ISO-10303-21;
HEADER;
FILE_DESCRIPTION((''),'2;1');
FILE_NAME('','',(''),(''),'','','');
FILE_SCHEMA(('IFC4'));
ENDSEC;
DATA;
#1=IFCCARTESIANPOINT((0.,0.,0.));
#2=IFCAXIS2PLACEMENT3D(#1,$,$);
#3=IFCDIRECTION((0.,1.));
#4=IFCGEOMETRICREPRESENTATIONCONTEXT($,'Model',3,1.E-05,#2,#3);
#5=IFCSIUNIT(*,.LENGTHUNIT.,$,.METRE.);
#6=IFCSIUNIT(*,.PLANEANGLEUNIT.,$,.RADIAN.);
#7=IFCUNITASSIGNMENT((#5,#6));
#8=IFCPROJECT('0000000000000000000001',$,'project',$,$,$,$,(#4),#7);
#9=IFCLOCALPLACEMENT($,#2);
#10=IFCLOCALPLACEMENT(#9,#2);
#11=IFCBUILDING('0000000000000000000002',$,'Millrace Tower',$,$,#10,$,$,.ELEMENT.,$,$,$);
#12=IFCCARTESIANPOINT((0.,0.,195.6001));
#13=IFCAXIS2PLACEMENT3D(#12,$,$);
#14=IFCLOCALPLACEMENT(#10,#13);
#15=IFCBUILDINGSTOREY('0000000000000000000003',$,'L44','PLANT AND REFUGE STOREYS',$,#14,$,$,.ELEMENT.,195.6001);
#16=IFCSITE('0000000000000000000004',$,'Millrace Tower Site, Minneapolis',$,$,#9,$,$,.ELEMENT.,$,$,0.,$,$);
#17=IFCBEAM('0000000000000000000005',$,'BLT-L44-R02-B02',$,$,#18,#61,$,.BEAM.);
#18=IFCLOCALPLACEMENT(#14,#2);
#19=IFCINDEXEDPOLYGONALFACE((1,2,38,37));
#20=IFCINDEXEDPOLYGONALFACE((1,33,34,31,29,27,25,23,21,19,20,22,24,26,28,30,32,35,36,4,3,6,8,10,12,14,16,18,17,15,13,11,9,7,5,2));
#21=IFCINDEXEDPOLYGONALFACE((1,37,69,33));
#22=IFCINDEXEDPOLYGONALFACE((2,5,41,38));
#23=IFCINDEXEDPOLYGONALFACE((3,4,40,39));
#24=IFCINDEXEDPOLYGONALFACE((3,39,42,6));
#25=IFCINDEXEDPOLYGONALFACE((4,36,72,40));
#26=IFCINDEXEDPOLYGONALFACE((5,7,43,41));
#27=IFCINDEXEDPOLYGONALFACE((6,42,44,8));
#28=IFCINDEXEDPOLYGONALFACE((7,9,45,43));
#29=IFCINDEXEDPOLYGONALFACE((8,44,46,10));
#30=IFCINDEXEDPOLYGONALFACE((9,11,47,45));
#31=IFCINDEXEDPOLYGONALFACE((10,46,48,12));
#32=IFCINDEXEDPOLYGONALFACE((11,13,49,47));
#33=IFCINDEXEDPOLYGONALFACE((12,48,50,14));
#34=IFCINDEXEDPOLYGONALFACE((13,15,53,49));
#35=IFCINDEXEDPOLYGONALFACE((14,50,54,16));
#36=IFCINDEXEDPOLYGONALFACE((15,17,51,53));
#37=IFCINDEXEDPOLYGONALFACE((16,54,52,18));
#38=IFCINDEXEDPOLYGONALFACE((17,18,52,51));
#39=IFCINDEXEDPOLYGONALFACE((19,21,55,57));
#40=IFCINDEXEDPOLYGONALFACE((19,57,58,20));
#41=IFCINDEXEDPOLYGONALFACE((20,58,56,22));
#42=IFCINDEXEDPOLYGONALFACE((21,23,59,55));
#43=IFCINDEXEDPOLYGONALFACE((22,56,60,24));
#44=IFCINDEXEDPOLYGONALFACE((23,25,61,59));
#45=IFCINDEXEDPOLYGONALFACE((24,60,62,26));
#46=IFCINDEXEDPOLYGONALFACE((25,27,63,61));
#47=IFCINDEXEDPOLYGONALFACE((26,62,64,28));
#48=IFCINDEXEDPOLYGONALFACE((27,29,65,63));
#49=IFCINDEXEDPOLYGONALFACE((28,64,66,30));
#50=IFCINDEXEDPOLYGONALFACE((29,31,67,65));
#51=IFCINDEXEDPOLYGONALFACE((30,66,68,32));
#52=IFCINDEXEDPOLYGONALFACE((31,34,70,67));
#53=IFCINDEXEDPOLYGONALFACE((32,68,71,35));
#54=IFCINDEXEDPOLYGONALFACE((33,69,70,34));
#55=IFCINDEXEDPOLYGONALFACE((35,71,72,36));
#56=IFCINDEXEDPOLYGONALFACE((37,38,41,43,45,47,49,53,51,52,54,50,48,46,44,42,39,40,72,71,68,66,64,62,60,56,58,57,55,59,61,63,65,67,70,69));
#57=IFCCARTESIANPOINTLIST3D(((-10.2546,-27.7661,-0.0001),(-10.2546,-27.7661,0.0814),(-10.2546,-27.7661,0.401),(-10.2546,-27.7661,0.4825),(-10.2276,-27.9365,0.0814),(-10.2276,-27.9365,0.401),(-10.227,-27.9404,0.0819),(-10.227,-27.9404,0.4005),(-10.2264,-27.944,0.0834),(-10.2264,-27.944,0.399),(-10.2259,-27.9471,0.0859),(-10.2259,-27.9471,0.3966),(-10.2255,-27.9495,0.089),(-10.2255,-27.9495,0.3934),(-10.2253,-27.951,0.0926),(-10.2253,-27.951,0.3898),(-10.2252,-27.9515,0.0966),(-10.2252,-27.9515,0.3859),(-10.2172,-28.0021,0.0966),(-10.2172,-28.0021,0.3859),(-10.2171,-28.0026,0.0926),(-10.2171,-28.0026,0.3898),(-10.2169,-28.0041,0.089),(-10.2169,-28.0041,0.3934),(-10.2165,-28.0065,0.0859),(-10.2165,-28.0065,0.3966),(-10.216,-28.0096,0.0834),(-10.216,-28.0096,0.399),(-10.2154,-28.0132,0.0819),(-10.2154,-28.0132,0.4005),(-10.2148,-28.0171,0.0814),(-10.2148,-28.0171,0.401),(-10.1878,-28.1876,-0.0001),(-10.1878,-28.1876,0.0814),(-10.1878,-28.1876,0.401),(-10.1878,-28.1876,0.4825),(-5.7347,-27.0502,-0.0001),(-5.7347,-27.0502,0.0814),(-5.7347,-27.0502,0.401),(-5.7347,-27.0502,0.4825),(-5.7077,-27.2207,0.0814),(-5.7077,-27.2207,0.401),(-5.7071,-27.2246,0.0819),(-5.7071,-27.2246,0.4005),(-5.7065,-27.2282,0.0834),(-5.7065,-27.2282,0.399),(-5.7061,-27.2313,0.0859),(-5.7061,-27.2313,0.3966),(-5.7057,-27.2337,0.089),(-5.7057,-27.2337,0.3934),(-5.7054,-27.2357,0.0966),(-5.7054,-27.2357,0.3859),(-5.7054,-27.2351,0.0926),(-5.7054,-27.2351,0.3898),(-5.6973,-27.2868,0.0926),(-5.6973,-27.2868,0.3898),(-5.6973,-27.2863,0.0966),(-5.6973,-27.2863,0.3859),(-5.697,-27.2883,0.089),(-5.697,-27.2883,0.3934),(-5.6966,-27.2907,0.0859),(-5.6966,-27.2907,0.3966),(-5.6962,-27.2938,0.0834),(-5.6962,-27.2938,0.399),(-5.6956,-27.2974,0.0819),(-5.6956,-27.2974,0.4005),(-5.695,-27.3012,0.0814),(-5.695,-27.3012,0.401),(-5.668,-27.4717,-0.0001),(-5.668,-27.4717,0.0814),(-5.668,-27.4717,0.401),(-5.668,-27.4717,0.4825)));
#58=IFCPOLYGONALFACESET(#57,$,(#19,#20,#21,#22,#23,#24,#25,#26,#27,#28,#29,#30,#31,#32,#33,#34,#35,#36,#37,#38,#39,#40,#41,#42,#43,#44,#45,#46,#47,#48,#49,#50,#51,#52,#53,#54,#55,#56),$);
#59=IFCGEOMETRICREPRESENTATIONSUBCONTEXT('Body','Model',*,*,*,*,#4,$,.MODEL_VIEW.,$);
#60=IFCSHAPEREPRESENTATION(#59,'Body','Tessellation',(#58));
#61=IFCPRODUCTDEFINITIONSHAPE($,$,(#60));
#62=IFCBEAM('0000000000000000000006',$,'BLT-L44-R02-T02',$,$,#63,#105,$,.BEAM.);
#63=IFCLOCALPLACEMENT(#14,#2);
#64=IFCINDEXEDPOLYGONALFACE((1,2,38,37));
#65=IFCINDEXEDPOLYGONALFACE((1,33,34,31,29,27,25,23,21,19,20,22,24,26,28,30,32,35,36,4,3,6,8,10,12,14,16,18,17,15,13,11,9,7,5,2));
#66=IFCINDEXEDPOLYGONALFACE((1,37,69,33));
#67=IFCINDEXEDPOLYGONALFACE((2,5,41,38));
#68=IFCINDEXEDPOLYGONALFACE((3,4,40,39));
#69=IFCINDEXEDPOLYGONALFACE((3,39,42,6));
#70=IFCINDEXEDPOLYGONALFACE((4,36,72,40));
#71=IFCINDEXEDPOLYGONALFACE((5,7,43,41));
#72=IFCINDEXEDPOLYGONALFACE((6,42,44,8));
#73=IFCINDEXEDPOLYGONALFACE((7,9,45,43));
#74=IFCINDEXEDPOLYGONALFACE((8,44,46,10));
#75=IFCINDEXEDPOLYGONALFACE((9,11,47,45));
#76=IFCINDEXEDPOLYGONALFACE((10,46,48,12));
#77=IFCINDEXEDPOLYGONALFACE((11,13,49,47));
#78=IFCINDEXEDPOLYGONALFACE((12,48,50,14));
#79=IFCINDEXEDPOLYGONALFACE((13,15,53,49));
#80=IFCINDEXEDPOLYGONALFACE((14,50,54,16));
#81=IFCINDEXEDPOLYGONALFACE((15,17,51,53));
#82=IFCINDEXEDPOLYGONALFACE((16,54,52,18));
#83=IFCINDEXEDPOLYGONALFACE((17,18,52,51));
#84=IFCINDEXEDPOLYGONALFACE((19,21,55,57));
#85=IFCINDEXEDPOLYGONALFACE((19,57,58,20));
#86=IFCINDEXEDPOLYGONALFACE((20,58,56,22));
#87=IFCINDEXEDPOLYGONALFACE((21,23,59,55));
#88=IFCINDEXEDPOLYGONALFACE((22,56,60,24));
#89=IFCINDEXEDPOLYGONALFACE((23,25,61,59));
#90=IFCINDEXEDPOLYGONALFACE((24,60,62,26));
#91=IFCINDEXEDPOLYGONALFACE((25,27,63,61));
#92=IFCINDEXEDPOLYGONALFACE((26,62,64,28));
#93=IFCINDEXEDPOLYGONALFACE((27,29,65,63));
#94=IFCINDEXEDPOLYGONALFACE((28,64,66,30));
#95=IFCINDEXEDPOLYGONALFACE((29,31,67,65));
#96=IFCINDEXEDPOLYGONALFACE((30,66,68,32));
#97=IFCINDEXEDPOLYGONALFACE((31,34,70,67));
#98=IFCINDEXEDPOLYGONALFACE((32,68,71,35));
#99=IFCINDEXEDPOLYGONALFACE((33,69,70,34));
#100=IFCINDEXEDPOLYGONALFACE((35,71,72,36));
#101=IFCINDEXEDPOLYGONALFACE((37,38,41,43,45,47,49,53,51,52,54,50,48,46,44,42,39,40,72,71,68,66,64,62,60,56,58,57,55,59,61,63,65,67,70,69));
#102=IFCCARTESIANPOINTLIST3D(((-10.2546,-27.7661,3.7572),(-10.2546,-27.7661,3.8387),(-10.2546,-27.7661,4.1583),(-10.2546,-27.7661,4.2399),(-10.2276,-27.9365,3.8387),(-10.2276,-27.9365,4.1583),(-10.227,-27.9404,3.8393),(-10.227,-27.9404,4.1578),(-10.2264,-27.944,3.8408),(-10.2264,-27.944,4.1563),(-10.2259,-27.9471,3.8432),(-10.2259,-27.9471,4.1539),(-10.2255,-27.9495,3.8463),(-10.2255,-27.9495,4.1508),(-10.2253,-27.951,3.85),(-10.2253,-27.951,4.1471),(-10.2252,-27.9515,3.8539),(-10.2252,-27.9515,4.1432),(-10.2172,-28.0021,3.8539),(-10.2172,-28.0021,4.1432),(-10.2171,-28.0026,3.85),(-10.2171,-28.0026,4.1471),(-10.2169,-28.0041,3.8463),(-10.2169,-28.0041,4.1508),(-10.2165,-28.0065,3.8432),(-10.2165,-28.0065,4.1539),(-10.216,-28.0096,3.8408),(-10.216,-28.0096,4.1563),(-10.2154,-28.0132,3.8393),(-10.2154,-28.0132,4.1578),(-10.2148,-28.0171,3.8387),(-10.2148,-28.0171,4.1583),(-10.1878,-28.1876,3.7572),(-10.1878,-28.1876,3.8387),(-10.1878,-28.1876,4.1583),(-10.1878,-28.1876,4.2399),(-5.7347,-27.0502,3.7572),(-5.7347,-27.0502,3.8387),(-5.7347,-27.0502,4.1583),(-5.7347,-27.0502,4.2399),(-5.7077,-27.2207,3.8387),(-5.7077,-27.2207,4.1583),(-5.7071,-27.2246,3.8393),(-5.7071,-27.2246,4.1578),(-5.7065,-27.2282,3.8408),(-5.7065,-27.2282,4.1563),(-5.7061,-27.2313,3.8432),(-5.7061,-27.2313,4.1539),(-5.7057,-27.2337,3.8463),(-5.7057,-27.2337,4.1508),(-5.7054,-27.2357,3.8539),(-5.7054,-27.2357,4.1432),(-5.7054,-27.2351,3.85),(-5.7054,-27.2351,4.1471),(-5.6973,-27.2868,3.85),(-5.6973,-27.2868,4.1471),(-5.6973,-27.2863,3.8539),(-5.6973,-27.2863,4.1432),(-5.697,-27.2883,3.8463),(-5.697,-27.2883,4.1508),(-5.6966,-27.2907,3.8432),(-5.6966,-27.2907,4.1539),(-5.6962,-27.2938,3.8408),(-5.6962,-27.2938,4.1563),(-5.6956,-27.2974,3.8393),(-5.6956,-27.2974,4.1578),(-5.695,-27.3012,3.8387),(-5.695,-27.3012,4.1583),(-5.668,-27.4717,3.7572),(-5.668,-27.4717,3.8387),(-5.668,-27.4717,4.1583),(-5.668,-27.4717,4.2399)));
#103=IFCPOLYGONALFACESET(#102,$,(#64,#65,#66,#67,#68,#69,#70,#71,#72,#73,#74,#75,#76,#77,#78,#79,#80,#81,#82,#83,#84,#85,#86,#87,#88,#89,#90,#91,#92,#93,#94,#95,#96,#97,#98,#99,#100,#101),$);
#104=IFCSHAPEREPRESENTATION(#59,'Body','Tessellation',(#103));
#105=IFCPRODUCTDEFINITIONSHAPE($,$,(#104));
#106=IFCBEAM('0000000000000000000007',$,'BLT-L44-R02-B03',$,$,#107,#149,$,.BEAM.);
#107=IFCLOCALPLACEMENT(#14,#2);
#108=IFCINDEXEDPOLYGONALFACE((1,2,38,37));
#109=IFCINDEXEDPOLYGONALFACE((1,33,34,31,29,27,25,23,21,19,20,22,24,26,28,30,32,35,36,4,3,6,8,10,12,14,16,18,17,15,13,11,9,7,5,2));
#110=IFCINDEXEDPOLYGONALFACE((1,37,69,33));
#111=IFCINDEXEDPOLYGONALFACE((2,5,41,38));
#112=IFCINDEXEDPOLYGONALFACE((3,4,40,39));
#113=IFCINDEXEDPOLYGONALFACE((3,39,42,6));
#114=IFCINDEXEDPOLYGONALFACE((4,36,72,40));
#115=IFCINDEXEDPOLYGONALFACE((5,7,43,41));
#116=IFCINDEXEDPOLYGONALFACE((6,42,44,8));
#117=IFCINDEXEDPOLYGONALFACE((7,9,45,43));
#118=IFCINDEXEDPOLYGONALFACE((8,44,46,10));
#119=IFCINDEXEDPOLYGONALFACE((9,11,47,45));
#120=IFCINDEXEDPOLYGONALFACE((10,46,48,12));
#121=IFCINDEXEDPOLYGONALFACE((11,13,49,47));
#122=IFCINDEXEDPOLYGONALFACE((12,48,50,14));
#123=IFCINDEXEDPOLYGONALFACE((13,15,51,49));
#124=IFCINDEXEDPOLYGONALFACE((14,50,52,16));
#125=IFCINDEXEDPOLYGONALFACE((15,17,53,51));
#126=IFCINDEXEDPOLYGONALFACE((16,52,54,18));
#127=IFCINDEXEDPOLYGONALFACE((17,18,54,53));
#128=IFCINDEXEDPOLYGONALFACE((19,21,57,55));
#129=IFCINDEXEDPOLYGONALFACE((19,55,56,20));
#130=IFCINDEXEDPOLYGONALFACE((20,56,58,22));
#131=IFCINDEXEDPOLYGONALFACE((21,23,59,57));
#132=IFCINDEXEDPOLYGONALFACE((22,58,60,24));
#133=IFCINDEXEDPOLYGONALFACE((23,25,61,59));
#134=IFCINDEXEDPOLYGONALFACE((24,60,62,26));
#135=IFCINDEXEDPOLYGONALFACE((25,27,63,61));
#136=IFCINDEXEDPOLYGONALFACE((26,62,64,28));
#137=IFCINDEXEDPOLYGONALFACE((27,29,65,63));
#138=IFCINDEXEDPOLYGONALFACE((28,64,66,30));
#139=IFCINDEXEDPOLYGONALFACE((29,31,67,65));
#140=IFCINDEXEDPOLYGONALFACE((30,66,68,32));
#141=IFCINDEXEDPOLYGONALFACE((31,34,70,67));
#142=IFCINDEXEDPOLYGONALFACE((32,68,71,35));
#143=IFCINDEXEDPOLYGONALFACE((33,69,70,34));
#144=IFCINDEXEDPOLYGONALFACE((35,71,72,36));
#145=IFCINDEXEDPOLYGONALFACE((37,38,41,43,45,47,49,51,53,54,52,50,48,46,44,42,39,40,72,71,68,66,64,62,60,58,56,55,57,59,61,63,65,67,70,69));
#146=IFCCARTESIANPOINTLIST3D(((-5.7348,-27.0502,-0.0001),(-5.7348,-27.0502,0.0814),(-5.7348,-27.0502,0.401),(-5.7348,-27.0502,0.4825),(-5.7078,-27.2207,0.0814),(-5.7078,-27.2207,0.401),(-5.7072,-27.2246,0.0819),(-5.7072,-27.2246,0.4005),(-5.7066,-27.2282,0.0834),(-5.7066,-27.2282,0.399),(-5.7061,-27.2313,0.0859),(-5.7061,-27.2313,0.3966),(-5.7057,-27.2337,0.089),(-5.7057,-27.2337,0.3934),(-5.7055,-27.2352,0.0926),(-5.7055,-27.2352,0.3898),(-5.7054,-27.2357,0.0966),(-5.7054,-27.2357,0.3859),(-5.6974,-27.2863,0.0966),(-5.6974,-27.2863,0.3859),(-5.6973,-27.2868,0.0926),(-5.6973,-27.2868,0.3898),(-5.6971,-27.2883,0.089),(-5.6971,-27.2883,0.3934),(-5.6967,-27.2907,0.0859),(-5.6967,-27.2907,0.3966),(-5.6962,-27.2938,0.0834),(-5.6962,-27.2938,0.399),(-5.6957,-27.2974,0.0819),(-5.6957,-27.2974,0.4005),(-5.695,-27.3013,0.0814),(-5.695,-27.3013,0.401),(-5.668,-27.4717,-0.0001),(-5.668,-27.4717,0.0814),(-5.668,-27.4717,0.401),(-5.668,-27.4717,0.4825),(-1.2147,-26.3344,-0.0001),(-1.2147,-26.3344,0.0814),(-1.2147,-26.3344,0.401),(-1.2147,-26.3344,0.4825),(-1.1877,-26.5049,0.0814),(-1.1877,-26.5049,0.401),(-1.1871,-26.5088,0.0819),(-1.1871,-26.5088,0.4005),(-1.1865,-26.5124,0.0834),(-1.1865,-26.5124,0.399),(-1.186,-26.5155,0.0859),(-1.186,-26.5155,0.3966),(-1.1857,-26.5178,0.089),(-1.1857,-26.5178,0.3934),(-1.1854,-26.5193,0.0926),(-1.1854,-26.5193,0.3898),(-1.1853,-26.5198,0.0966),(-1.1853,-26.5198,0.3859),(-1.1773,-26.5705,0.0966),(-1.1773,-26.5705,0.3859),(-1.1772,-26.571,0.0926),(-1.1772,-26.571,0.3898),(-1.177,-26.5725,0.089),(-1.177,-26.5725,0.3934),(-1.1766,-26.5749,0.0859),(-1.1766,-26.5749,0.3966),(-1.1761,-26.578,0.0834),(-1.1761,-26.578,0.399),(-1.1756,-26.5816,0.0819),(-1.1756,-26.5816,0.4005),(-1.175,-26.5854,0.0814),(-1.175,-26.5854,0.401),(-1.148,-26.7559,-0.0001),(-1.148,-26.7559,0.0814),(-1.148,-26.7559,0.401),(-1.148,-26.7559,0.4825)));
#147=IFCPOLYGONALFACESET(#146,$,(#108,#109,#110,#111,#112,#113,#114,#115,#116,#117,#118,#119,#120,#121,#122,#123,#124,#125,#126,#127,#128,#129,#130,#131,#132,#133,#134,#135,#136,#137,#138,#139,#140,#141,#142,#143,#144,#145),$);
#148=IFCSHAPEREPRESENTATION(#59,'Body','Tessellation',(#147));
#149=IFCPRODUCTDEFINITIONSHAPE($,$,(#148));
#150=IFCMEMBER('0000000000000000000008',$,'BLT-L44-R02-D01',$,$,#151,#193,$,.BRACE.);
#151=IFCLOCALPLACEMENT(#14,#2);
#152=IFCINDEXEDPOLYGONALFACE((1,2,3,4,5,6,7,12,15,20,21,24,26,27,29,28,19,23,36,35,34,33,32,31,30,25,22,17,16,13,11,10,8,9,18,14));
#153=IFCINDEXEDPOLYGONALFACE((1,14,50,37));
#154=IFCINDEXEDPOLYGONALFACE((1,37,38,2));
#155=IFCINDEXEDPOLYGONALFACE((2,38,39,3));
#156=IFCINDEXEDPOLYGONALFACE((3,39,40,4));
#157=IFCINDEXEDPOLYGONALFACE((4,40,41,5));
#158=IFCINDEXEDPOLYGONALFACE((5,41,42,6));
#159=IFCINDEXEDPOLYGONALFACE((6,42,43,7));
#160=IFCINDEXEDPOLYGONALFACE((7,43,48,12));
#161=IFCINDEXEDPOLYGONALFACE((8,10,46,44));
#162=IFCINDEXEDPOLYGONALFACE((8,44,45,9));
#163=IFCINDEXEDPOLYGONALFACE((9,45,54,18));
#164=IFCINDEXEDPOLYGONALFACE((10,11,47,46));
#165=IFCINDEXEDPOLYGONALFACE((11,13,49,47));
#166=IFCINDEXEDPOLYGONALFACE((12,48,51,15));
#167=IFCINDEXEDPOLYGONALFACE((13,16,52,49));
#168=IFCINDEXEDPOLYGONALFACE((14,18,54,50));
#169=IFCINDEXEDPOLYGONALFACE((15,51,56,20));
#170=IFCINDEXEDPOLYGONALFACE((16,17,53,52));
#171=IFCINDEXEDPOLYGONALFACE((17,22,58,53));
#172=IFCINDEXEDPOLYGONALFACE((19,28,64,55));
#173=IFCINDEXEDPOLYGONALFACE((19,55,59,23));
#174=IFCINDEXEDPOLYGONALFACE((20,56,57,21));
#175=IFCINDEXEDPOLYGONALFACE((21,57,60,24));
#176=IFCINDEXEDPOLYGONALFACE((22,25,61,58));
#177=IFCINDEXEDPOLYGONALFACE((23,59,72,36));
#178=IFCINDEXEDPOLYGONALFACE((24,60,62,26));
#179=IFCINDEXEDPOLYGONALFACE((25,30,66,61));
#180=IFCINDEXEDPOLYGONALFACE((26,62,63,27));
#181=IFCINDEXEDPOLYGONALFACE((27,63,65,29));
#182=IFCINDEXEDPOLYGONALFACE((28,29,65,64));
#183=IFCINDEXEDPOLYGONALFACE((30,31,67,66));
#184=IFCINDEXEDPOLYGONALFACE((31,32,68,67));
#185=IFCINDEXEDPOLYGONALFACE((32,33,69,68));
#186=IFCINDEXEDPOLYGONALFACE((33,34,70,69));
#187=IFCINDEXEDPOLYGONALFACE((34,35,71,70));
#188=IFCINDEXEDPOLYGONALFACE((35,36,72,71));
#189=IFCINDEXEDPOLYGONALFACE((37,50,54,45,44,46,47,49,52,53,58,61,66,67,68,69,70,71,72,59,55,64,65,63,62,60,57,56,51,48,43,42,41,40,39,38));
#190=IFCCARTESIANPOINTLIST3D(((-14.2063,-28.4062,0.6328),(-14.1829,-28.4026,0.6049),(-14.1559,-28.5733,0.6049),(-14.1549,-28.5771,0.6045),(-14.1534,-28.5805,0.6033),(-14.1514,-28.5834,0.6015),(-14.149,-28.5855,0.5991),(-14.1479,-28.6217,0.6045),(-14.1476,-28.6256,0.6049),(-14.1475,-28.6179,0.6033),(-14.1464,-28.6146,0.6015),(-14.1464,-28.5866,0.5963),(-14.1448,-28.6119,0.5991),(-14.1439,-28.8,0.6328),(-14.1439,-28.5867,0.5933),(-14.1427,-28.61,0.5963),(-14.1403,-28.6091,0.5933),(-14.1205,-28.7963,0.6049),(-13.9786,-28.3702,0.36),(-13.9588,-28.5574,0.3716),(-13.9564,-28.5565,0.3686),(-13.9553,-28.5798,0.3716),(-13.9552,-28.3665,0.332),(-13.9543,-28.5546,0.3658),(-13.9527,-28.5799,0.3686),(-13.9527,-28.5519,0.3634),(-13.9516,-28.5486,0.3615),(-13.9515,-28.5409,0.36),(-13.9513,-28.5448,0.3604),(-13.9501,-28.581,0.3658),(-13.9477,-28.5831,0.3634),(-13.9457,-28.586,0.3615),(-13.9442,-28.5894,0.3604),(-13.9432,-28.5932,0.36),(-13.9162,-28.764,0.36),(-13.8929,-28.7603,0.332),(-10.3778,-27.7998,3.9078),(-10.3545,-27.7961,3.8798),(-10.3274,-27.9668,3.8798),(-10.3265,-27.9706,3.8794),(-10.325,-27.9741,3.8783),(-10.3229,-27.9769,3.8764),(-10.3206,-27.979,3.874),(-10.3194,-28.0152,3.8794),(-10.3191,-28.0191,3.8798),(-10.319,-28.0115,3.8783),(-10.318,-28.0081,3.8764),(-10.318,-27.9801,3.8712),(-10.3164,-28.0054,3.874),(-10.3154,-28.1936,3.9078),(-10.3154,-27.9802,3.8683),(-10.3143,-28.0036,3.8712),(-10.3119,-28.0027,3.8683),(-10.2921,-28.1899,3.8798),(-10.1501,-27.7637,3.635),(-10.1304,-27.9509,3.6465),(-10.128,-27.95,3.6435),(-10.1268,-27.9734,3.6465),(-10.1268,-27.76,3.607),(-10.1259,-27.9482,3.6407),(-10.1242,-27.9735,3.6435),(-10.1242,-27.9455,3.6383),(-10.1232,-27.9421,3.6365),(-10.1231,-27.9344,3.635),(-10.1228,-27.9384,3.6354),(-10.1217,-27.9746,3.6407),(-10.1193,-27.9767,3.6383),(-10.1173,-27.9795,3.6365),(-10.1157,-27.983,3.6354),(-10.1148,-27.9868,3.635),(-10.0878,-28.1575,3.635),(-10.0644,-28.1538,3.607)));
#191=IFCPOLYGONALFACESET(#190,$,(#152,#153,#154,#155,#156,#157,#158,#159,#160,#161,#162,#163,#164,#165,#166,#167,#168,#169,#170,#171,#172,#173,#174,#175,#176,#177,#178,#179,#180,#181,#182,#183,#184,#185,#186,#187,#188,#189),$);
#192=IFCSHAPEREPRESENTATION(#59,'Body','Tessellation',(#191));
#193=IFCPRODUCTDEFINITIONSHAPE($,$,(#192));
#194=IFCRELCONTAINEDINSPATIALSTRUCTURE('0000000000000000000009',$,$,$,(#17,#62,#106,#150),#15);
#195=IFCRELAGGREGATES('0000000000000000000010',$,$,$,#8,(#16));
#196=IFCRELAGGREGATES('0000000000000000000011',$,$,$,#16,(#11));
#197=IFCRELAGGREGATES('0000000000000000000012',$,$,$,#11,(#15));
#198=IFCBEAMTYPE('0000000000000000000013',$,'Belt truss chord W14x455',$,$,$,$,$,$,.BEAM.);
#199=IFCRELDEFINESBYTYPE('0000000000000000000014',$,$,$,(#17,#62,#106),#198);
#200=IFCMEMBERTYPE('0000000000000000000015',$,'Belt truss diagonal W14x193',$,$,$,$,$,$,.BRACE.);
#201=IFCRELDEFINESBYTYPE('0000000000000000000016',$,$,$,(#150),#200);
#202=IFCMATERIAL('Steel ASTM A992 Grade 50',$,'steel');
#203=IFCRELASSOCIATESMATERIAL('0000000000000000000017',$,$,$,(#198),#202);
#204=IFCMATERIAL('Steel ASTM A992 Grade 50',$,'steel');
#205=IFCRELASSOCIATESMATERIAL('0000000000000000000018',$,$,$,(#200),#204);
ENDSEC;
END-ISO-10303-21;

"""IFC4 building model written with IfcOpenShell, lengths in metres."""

from ifc_helpers import new_model, si_unit, direction, frame, origin, origin_2d, place, context, subcontext, project, spatial, i_section, extrude, material, material_profile, profile_set, type_object, element, save


model = new_model("IFC4")

# Units and contexts
model_context = context("Model", 3, precision=1e-05, world=origin(), true_north=direction((0.0, 1.0)))
body_context = subcontext(model_context, "Body", "Model", "MODEL_VIEW")
ifc_project = project(units=[si_unit("LENGTHUNIT", "METRE"), si_unit("PLANEANGLEUNIT", "RADIAN")], contexts=[model_context])

# Site, building, storey
site_placement = place(None, origin())
site = spatial("IfcSite", under=ifc_project, at=site_placement, Name="Millrace Tower Site, Minneapolis", CompositionType="ELEMENT", RefElevation=0.0)
building_placement = place(site_placement, origin())
building = spatial("IfcBuilding", under=site, at=building_placement, Name="Millrace Tower", CompositionType="ELEMENT")
storey_placement = place(building_placement, frame((0.0, 0.0, 195.6001)))
storey = spatial("IfcBuildingStorey", under=building, at=storey_placement, Name="L44", Description="PLANT AND REFUGE STOREYS", CompositionType="ELEMENT", Elevation=195.6001)

# Beams
ifc_material_1 = material(Name="Steel ASTM A992 Grade 50", Category="steel")
ifc_material_profile_1 = material_profile(ifc_material_1, i_section(OverallWidth=0.4268, OverallDepth=0.4827, WebThickness=0.0513, FlangeThickness=0.0815, FilletRadius=0.0151, at=origin_2d()))
ifc_profile_set_1 = profile_set([ifc_material_profile_1], Name="Steel ASTM A992 Grade 50")
beam_type_1 = type_object("IfcBeamType", Name="Belt truss chord W14x455", PredefinedType="BEAM", material=ifc_profile_set_1)
for number, where, z_axis, x_axis, name in (
    (1, (-10.2212, -27.9768, 0.2412), (0.98769, 0.156426, 0.0), (-0.156426, 0.98769, 0.0), "BLT-L44-R02-B02"),
    (2, (-10.2212, -27.9768, 3.9985), (0.98769, 0.156426, 0.0), (-0.156426, 0.98769, 0.0), "BLT-L44-R02-T02"),
):
    element("IfcBeam", number, at=place(storey_placement, frame(where, z_axis=z_axis, x_axis=x_axis)), inside=storey, type_object=beam_type_1, Name=name, PredefinedType="BEAM", context=body_context, shape_type="SweptSolid", body=[
        extrude(i_section(OverallWidth=0.4268, OverallDepth=0.4827, WebThickness=0.0513, FlangeThickness=0.0815, FilletRadius=0.0151, at=origin_2d()), origin(), (0.0, 0.0, 1.0), 4.5762),
    ])
beam_1_placement = place(storey_placement, frame((-5.7014, -27.261, 0.2412), z_axis=(0.987691, 0.156417, 0.0), x_axis=(-0.156417, 0.987691, 0.0)))
element("IfcBeam", 3, at=beam_1_placement, inside=storey, type_object=beam_type_1, Name="BLT-L44-R02-B03", PredefinedType="BEAM", context=body_context, shape_type="SweptSolid", body=[
    extrude(i_section(OverallWidth=0.4268, OverallDepth=0.4827, WebThickness=0.0513, FlangeThickness=0.0815, FilletRadius=0.0151, at=origin_2d()), origin(), (0.0, 0.0, 1.0), 4.5764),
])

# Member
ifc_material_2 = material(Name="Steel ASTM A992 Grade 50", Category="steel")
ifc_material_profile_2 = material_profile(ifc_material_2, i_section(OverallWidth=0.3987, OverallDepth=0.3938, WebThickness=0.0227, FlangeThickness=0.0366, FilletRadius=0.0151, at=origin_2d()))
ifc_profile_set_2 = profile_set([ifc_material_profile_2], Name="Steel ASTM A992 Grade 50")
member_type_1 = type_object("IfcMemberType", Name="Belt truss diagonal W14x193", PredefinedType="BRACE", material=ifc_profile_set_2)
member_1_placement = place(storey_placement, frame((-14.0496, -28.5833, 0.4824), z_axis=(0.754453, 0.119512, 0.645382), x_axis=(-0.156457, 0.987685, 0.0)))
element("IfcMember", 4, at=member_1_placement, inside=storey, type_object=member_type_1, Name="BLT-L44-R02-D01", PredefinedType="BRACE", context=body_context, shape_type="SweptSolid", body=[
    extrude(i_section(OverallWidth=0.3987, OverallDepth=0.3938, WebThickness=0.0227, FlangeThickness=0.0366, FilletRadius=0.0151, at=origin_2d()), origin(), (0.0, 0.0, 1.0), 5.0745),
])

save(model, "model.ifc")
